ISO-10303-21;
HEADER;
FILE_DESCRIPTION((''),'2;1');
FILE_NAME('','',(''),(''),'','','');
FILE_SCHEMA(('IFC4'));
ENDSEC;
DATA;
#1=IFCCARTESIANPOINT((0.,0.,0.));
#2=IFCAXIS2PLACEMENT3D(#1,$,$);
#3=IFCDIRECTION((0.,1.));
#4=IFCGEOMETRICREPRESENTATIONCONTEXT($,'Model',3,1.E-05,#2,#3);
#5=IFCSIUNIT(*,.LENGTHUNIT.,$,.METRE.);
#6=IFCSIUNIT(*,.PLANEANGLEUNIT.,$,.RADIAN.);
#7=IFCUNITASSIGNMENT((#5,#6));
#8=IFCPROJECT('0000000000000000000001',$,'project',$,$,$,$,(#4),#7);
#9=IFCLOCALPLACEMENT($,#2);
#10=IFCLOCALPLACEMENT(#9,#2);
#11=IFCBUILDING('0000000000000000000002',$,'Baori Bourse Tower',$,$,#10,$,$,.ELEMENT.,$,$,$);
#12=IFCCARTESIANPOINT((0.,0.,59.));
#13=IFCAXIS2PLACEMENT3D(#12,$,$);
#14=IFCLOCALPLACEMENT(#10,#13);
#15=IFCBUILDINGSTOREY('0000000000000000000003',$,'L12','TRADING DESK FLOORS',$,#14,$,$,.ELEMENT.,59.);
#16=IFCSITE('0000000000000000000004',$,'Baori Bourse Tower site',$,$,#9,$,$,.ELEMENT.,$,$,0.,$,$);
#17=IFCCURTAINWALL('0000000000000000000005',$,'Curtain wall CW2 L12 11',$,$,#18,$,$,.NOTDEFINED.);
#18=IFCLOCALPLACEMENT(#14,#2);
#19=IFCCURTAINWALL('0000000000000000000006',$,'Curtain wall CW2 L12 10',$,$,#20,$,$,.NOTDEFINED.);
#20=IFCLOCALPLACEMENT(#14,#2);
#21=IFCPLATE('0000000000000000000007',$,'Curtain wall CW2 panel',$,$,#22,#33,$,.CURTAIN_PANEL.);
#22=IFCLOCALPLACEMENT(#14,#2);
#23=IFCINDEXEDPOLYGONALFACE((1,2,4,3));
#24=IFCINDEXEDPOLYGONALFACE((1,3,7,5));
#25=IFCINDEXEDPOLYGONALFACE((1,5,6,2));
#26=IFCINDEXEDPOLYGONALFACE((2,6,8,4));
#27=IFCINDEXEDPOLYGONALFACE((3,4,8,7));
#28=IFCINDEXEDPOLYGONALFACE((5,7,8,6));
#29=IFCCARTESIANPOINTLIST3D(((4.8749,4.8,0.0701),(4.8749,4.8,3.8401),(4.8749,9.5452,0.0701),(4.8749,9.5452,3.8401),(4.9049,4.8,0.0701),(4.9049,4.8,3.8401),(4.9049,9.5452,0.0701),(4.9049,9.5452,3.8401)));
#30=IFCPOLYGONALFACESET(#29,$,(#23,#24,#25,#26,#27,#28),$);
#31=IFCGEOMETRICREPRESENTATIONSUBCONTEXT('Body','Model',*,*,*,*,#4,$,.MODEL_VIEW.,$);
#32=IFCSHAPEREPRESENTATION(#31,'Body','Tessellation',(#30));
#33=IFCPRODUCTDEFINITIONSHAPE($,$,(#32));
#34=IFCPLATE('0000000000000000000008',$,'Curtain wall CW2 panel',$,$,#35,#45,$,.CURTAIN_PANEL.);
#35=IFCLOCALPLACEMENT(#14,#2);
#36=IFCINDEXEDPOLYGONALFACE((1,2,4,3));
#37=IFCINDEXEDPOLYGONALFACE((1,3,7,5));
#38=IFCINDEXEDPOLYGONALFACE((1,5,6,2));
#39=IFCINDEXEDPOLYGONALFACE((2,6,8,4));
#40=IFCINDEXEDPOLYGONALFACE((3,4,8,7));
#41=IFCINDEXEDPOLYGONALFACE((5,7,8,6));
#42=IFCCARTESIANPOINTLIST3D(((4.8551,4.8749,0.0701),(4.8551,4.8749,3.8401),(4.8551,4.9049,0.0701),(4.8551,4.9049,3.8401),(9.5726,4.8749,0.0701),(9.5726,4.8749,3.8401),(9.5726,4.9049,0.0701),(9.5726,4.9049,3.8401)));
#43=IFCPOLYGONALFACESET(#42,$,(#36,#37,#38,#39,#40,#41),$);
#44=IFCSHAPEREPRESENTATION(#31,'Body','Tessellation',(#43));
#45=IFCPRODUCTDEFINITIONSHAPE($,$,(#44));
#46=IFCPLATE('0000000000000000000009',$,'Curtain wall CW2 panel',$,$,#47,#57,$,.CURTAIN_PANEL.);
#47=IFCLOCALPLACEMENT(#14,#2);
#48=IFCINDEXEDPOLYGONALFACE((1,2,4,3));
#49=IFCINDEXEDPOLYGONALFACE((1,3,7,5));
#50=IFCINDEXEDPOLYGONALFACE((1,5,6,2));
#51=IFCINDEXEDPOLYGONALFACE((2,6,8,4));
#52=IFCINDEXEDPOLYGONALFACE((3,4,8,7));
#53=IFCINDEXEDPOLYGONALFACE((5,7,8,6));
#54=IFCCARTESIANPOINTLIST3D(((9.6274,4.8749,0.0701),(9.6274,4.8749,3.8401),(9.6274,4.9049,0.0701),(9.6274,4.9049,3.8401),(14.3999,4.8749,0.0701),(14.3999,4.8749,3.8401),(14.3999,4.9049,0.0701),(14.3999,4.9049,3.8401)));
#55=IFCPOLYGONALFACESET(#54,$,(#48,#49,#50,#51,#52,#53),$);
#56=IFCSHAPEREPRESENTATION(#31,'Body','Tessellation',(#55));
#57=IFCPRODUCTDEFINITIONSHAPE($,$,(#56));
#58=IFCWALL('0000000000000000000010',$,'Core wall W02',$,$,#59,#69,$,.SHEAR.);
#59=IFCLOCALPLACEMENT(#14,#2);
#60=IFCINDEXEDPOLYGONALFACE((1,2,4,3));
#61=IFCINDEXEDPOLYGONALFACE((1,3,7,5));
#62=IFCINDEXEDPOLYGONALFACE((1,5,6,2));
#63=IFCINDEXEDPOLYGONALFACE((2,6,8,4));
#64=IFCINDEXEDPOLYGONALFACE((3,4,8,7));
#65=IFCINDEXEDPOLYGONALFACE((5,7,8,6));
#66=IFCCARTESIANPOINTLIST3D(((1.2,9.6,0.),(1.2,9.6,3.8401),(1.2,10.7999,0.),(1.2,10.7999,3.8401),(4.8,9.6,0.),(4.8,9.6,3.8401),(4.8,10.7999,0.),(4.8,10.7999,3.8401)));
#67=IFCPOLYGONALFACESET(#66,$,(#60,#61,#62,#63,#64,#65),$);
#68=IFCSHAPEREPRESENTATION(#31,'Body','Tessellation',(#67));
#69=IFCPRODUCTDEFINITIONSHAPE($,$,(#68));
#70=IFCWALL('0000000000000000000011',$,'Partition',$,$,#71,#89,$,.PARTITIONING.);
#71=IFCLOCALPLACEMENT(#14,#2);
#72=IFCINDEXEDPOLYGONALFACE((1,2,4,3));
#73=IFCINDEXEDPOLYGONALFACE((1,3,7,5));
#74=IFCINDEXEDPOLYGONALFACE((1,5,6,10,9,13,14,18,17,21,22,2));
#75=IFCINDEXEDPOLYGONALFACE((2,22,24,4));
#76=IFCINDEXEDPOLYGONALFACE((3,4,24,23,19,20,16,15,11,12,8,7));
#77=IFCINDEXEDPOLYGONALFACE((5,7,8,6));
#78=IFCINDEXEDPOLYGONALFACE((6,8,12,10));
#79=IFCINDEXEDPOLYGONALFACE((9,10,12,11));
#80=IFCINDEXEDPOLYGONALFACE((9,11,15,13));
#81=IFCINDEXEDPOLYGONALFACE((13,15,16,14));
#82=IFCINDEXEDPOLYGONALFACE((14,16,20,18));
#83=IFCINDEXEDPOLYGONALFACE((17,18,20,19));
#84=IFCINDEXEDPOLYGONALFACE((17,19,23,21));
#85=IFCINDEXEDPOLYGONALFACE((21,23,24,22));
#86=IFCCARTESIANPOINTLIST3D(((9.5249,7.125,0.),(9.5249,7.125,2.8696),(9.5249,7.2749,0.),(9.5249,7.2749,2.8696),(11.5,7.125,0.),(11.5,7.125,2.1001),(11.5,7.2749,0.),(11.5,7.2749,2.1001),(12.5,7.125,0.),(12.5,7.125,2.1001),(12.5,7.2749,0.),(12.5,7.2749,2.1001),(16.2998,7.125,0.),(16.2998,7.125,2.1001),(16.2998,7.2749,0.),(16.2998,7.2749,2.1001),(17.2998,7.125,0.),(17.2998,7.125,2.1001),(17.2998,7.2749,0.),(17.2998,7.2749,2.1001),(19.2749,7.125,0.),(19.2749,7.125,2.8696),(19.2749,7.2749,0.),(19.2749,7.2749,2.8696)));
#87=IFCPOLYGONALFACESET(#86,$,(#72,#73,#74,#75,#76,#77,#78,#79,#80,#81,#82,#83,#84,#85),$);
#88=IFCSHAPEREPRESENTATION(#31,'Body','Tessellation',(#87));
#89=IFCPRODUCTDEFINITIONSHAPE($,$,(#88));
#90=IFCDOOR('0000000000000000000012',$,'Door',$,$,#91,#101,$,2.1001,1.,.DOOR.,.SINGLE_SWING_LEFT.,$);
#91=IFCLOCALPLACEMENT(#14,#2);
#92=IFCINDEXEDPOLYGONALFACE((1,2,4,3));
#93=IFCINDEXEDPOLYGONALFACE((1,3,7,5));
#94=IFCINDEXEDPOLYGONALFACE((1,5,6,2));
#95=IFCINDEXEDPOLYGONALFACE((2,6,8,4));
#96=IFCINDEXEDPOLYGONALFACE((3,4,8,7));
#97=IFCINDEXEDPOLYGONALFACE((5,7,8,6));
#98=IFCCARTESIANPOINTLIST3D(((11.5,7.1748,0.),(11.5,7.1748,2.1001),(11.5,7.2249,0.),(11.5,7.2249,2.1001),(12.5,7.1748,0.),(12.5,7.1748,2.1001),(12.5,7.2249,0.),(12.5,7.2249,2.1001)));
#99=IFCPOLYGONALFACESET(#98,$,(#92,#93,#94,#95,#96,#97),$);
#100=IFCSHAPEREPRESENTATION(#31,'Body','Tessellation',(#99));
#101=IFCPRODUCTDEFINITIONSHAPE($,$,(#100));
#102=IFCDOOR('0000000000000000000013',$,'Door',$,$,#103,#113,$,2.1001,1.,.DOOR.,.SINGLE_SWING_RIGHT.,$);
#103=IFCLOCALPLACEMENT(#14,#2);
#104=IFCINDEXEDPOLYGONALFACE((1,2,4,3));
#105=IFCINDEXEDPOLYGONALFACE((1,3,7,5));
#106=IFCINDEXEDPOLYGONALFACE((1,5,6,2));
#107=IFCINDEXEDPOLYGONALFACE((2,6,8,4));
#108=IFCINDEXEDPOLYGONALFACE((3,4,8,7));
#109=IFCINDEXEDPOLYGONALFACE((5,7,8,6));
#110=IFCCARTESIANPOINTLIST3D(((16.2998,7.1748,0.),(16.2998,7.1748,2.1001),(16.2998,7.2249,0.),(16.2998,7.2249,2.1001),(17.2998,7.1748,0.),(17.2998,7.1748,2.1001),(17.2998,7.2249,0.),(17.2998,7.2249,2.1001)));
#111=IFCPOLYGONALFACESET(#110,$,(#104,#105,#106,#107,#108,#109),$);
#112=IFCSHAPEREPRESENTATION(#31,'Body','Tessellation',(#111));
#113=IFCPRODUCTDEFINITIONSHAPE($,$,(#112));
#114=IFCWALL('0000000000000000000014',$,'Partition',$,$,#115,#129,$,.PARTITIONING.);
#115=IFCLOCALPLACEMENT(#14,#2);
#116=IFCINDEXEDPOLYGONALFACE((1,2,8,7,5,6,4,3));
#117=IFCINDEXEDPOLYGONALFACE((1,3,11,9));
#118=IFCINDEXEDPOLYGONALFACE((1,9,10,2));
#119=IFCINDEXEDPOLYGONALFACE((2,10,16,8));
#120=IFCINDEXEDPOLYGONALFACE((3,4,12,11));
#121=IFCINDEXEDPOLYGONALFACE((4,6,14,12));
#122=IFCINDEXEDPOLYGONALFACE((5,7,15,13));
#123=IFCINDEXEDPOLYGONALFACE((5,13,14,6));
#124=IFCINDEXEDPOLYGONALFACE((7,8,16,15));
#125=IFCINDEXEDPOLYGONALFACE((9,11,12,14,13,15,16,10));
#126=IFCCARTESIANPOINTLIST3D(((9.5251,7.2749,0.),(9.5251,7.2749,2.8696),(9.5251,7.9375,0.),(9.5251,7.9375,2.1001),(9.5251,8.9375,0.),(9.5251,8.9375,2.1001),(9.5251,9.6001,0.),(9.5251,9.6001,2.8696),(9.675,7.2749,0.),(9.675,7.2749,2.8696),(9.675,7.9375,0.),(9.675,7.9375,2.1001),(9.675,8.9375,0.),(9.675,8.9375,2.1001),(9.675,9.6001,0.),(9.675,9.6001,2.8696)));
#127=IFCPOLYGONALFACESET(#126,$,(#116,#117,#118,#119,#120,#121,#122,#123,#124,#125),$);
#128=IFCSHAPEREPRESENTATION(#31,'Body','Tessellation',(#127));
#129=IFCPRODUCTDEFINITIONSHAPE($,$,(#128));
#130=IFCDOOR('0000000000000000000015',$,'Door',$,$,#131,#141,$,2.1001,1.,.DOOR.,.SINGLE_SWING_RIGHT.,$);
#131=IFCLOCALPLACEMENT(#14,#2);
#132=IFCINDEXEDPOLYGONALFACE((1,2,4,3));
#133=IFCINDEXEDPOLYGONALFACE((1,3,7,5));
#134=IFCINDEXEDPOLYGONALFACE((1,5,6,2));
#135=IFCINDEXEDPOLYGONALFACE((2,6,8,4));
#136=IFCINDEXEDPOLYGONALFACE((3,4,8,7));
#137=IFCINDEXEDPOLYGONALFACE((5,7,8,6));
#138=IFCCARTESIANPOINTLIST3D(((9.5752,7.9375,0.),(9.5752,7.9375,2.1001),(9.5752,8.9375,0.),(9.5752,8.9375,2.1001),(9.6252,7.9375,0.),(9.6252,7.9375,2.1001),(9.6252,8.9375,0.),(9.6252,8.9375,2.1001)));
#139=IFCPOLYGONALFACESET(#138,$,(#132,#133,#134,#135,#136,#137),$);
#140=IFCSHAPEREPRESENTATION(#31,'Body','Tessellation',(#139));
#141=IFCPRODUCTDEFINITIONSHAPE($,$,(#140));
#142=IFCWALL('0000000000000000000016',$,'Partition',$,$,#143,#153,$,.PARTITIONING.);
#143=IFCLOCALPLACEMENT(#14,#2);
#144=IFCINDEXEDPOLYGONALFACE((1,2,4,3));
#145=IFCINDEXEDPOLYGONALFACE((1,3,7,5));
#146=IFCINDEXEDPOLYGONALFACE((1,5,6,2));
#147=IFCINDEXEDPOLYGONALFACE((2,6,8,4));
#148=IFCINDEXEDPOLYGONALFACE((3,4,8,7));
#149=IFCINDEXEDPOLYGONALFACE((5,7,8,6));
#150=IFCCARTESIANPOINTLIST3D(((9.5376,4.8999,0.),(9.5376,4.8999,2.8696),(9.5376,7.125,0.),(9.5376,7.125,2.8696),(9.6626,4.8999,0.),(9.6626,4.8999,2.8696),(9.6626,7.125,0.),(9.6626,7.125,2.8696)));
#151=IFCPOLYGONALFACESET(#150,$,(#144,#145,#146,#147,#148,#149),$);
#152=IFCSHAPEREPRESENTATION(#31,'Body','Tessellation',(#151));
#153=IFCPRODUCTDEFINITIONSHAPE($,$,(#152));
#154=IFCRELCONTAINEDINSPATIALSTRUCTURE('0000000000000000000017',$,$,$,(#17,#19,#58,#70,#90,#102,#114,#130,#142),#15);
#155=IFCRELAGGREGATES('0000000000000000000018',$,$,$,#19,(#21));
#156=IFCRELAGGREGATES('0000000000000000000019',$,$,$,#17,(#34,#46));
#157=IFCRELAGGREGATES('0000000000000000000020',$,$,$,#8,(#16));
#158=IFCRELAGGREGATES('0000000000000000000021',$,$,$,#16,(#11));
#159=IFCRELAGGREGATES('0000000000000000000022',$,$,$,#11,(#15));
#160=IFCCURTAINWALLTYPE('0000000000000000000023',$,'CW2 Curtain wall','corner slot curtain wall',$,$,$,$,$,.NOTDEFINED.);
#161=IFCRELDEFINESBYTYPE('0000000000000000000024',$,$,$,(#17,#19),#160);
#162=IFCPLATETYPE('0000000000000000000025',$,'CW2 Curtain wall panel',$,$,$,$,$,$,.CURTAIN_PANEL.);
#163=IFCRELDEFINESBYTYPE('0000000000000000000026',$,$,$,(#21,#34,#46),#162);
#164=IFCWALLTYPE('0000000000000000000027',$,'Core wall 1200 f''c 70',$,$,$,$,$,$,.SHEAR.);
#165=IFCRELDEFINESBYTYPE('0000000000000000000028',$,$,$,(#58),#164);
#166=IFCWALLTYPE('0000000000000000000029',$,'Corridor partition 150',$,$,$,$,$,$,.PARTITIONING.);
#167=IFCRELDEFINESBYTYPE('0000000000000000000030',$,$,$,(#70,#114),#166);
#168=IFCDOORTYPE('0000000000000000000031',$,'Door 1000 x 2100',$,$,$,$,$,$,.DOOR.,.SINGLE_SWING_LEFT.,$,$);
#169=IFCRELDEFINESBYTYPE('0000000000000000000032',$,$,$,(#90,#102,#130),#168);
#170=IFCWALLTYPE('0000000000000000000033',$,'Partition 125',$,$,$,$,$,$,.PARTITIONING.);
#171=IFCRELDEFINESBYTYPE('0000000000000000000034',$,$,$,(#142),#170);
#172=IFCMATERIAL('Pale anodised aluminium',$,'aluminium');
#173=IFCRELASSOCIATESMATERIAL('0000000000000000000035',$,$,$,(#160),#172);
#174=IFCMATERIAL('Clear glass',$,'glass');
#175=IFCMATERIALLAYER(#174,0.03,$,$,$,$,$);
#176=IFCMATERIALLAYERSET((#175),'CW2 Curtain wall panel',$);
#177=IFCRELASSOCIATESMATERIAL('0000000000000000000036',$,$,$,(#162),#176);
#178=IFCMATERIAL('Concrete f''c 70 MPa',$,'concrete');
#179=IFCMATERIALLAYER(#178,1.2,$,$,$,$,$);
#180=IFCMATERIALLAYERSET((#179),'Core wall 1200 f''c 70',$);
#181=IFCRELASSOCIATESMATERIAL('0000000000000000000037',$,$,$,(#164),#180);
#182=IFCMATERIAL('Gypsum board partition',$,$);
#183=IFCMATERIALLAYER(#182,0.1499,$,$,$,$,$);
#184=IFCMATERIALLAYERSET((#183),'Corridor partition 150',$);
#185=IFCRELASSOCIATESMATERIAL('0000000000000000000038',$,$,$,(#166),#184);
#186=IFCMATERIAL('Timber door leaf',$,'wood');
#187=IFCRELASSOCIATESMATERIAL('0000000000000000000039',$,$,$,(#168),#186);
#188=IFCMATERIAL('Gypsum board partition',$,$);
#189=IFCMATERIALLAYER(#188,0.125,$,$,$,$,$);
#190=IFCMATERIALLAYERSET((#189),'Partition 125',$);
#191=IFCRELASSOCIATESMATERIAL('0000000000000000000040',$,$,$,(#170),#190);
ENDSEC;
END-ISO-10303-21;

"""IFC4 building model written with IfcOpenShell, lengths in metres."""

from ifc_helpers import new_model, si_unit, direction, frame, frame_2d, origin, origin_2d, place, context, subcontext, project, spatial, rectangle, extrude, material, layer, layer_set, type_object, element, fill, aggregate, save


model = new_model("IFC4")

# Units and contexts
model_context = context("Model", 3, precision=1e-05, world=origin(), true_north=direction((0.0, 1.0)))
body_context = subcontext(model_context, "Body", "Model", "MODEL_VIEW")
ifc_project = project(units=[si_unit("LENGTHUNIT", "METRE"), si_unit("PLANEANGLEUNIT", "RADIAN")], contexts=[model_context])

# Site, building, storey
site_placement = place(None, origin())
site = spatial("IfcSite", under=ifc_project, at=site_placement, Name="Baori Bourse Tower site", CompositionType="ELEMENT", RefElevation=0.0)
building_placement = place(site_placement, origin())
building = spatial("IfcBuilding", under=site, at=building_placement, Name="Baori Bourse Tower", CompositionType="ELEMENT")
storey_placement = place(building_placement, frame((0.0, 0.0, 59.0)))
storey = spatial("IfcBuildingStorey", under=building, at=storey_placement, Name="L12", Description="TRADING DESK FLOORS", CompositionType="ELEMENT", Elevation=59.0)

# Curtain wall
ifc_material_1 = material(Name="Pale anodised aluminium", Category="aluminium")
curtain_wall_type = type_object("IfcCurtainWallType", Name="CW2 Curtain wall", Description="corner slot curtain wall", PredefinedType="NOTDEFINED", material=ifc_material_1)
curtain_wall_1_placement = place(storey_placement, origin())
curtain_wall_1 = element("IfcCurtainWall", 1, at=curtain_wall_1_placement, inside=storey, type_object=curtain_wall_type, Name="Curtain wall CW2 L12 11", PredefinedType="NOTDEFINED")

# Curtain wall
curtain_wall_2_placement = place(storey_placement, origin())
curtain_wall_2 = element("IfcCurtainWall", 2, at=curtain_wall_2_placement, inside=storey, type_object=curtain_wall_type, Name="Curtain wall CW2 L12 10", PredefinedType="NOTDEFINED")

# Plates
ifc_material_2 = material(Name="Clear glass", Category="glass")
ifc_layer_1 = layer(ifc_material_2, 0.03)
ifc_layer_set_1 = layer_set([ifc_layer_1], Name="CW2 Curtain wall panel")
plate_type = type_object("IfcPlateType", Name="CW2 Curtain wall panel", PredefinedType="CURTAIN_PANEL", material=ifc_layer_set_1)
plate_1_placement = place(storey_placement, frame((4.8899, 7.1726, 0.0701), z_axis=(0.0, 0.0, 1.0), x_axis=(0.0, -1.0, 0.0)))
plate_1 = element("IfcPlate", 3, at=plate_1_placement, type_object=plate_type, Name="Curtain wall CW2 panel", PredefinedType="CURTAIN_PANEL", context=body_context, shape_type="SweptSolid", body=[
    extrude(rectangle(XDim=4.7451, YDim=0.03, at=origin_2d()), origin(), (0.0, 0.0, 1.0), 3.77),
])
aggregate(curtain_wall_2, [plate_1])
plate_2_placement = place(storey_placement, frame((7.2139, 4.8899, 0.0701), z_axis=(0.0, 0.0, 1.0), x_axis=(1.0, 0.0, 0.0)))
plate_2 = element("IfcPlate", 4, at=plate_2_placement, type_object=plate_type, Name="Curtain wall CW2 panel", PredefinedType="CURTAIN_PANEL", context=body_context, shape_type="SweptSolid", body=[
    extrude(rectangle(XDim=4.7175, YDim=0.03, at=origin_2d()), origin(), (0.0, 0.0, 1.0), 3.77),
])
plate_3_placement = place(storey_placement, frame((12.0137, 4.8899, 0.0701), z_axis=(0.0, 0.0, 1.0), x_axis=(1.0, 0.0, 0.0)))
plate_3 = element("IfcPlate", 5, at=plate_3_placement, type_object=plate_type, Name="Curtain wall CW2 panel", PredefinedType="CURTAIN_PANEL", context=body_context, shape_type="SweptSolid", body=[
    extrude(rectangle(XDim=4.7725, YDim=0.03, at=origin_2d()), origin(), (0.0, 0.0, 1.0), 3.77),
])
aggregate(curtain_wall_1, [plate_2, plate_3])

# Wall
ifc_material_3 = material(Name="Concrete f'c 70 MPa", Category="concrete")
ifc_layer_2 = layer(ifc_material_3, 1.2)
ifc_layer_set_2 = layer_set([ifc_layer_2], Name="Core wall 1200 f'c 70")
wall_type_1 = type_object("IfcWallType", Name="Core wall 1200 f'c 70", PredefinedType="SHEAR", material=ifc_layer_set_2)
wall_1_placement = place(storey_placement, frame((4.8, 10.2, 0.0), z_axis=(0.0, 0.0, 1.0), x_axis=(-1.0, 0.0, 0.0)))
element("IfcWall", 6, at=wall_1_placement, inside=storey, type_object=wall_type_1, Name="Core wall W02", PredefinedType="SHEAR", context=body_context, shape_type="SweptSolid", body=[
    extrude(rectangle(XDim=3.6001, YDim=1.2, at=frame_2d((1.8, 0.0))), origin(), (0.0, 0.0, 1.0), 3.8401),
])

# Wall, openings, doors
ifc_material_4 = material(Name="Gypsum board partition")
ifc_layer_3 = layer(ifc_material_4, 0.1499)
ifc_layer_set_3 = layer_set([ifc_layer_3], Name="Corridor partition 150")
wall_type_2 = type_object("IfcWallType", Name="Corridor partition 150", PredefinedType="PARTITIONING", material=ifc_layer_set_3)
wall_2_placement = place(storey_placement, frame((9.5249, 7.2, 0.0), z_axis=(0.0, 0.0, 1.0), x_axis=(1.0, 0.0, 0.0)))
wall_2 = element("IfcWall", 7, at=wall_2_placement, inside=storey, type_object=wall_type_2, Name="Partition", PredefinedType="PARTITIONING", context=body_context, shape_type="SweptSolid", body=[
    extrude(rectangle(XDim=9.75, YDim=0.1499, at=frame_2d((4.875, 0.0))), origin(), (0.0, 0.0, 1.0), 2.8696),
])
opening_1_placement = place(wall_2_placement, frame((1.9751, 0.0, 0.0)))
opening_1 = element("IfcOpeningElement", 8, at=opening_1_placement, cuts=wall_2, PredefinedType="OPENING", context=body_context, shape_type="SweptSolid", body=[
    extrude(rectangle(XDim=1.0, YDim=2.1001, at=frame_2d((0.5, 1.05))), frame((0.0, 0.085, 0.0), z_axis=(0.0, -1.0, 0.0), x_axis=(1.0, 0.0, 0.0)), (0.0, 0.0, 1.0), 0.1699),
])
opening_2_placement = place(wall_2_placement, frame((6.7749, 0.0, 0.0)))
opening_2 = element("IfcOpeningElement", 9, at=opening_2_placement, cuts=wall_2, PredefinedType="OPENING", context=body_context, shape_type="SweptSolid", body=[
    extrude(rectangle(XDim=1.0, YDim=2.1001, at=frame_2d((0.5, 1.05))), frame((0.0, 0.085, 0.0), z_axis=(0.0, -1.0, 0.0), x_axis=(1.0, 0.0, 0.0)), (0.0, 0.0, 1.0), 0.1699),
])
ifc_material_5 = material(Name="Timber door leaf", Category="wood")
door_type_1 = type_object("IfcDoorType", Name="Door 1000 x 2100", OperationType="SINGLE_SWING_LEFT", PredefinedType="DOOR", material=ifc_material_5)
door_1_placement = place(opening_1_placement, origin())
door_1 = element("IfcDoor", 10, at=door_1_placement, inside=storey, type_object=door_type_1, Name="Door", OperationType="SINGLE_SWING_LEFT", OverallHeight=2.1001, OverallWidth=1.0, PredefinedType="DOOR", context=body_context, shape_type="SweptSolid", body=[
    extrude(rectangle(XDim=1.0, YDim=2.1001, at=frame_2d((0.5, 1.05))), frame((0.0, 0.0249, 0.0), z_axis=(0.0, -1.0, 0.0), x_axis=(1.0, 0.0, 0.0)), (0.0, 0.0, 1.0), 0.05),
])
fill(opening_1, door_1)
door_2_placement = place(opening_2_placement, origin())
door_2 = element("IfcDoor", 11, at=door_2_placement, inside=storey, type_object=door_type_1, Name="Door", OperationType="SINGLE_SWING_RIGHT", OverallHeight=2.1001, OverallWidth=1.0, PredefinedType="DOOR", context=body_context, shape_type="SweptSolid", body=[
    extrude(rectangle(XDim=1.0, YDim=2.1001, at=frame_2d((0.5, 1.05))), frame((0.0, 0.0249, 0.0), z_axis=(0.0, -1.0, 0.0), x_axis=(1.0, 0.0, 0.0)), (0.0, 0.0, 1.0), 0.05),
])
fill(opening_2, door_2)

# Wall, opening, door
wall_3_placement = place(storey_placement, frame((9.6001, 7.2749, 0.0), z_axis=(0.0, 0.0, 1.0), x_axis=(0.0, 1.0, 0.0)))
wall_3 = element("IfcWall", 12, at=wall_3_placement, inside=storey, type_object=wall_type_2, Name="Partition", PredefinedType="PARTITIONING", context=body_context, shape_type="SweptSolid", body=[
    extrude(rectangle(XDim=2.3252, YDim=0.1499, at=frame_2d((1.1626, 0.0))), origin(), (0.0, 0.0, 1.0), 2.8696),
])
opening_3_placement = place(wall_3_placement, frame((0.6626, 0.0, 0.0)))
opening_3 = element("IfcOpeningElement", 13, at=opening_3_placement, cuts=wall_3, PredefinedType="OPENING", context=body_context, shape_type="SweptSolid", body=[
    extrude(rectangle(XDim=1.0, YDim=2.1001, at=frame_2d((0.5, 1.05))), frame((0.0, 0.085, 0.0), z_axis=(0.0, -1.0, 0.0), x_axis=(1.0, 0.0, 0.0)), (0.0, 0.0, 1.0), 0.1699),
])
door_3_placement = place(opening_3_placement, origin())
door_3 = element("IfcDoor", 14, at=door_3_placement, inside=storey, type_object=door_type_1, Name="Door", OperationType="SINGLE_SWING_RIGHT", OverallHeight=2.1001, OverallWidth=1.0, PredefinedType="DOOR", context=body_context, shape_type="SweptSolid", body=[
    extrude(rectangle(XDim=1.0, YDim=2.1001, at=frame_2d((0.5, 1.05))), frame((0.0, 0.0249, 0.0), z_axis=(0.0, -1.0, 0.0), x_axis=(1.0, 0.0, 0.0)), (0.0, 0.0, 1.0), 0.05),
])
fill(opening_3, door_3)

# Wall
ifc_material_6 = material(Name="Gypsum board partition")
ifc_layer_4 = layer(ifc_material_6, 0.125)
ifc_layer_set_4 = layer_set([ifc_layer_4], Name="Partition 125")
wall_type_3 = type_object("IfcWallType", Name="Partition 125", PredefinedType="PARTITIONING", material=ifc_layer_set_4)
wall_4_placement = place(storey_placement, frame((9.6001, 4.8999, 0.0), z_axis=(0.0, 0.0, 1.0), x_axis=(0.0, 1.0, 0.0)))
element("IfcWall", 15, at=wall_4_placement, inside=storey, type_object=wall_type_3, Name="Partition", PredefinedType="PARTITIONING", context=body_context, shape_type="SweptSolid", body=[
    extrude(rectangle(XDim=2.2251, YDim=0.125, at=frame_2d((1.1125, 0.0))), origin(), (0.0, 0.0, 1.0), 2.8696),
])

save(model, "model.ifc")
